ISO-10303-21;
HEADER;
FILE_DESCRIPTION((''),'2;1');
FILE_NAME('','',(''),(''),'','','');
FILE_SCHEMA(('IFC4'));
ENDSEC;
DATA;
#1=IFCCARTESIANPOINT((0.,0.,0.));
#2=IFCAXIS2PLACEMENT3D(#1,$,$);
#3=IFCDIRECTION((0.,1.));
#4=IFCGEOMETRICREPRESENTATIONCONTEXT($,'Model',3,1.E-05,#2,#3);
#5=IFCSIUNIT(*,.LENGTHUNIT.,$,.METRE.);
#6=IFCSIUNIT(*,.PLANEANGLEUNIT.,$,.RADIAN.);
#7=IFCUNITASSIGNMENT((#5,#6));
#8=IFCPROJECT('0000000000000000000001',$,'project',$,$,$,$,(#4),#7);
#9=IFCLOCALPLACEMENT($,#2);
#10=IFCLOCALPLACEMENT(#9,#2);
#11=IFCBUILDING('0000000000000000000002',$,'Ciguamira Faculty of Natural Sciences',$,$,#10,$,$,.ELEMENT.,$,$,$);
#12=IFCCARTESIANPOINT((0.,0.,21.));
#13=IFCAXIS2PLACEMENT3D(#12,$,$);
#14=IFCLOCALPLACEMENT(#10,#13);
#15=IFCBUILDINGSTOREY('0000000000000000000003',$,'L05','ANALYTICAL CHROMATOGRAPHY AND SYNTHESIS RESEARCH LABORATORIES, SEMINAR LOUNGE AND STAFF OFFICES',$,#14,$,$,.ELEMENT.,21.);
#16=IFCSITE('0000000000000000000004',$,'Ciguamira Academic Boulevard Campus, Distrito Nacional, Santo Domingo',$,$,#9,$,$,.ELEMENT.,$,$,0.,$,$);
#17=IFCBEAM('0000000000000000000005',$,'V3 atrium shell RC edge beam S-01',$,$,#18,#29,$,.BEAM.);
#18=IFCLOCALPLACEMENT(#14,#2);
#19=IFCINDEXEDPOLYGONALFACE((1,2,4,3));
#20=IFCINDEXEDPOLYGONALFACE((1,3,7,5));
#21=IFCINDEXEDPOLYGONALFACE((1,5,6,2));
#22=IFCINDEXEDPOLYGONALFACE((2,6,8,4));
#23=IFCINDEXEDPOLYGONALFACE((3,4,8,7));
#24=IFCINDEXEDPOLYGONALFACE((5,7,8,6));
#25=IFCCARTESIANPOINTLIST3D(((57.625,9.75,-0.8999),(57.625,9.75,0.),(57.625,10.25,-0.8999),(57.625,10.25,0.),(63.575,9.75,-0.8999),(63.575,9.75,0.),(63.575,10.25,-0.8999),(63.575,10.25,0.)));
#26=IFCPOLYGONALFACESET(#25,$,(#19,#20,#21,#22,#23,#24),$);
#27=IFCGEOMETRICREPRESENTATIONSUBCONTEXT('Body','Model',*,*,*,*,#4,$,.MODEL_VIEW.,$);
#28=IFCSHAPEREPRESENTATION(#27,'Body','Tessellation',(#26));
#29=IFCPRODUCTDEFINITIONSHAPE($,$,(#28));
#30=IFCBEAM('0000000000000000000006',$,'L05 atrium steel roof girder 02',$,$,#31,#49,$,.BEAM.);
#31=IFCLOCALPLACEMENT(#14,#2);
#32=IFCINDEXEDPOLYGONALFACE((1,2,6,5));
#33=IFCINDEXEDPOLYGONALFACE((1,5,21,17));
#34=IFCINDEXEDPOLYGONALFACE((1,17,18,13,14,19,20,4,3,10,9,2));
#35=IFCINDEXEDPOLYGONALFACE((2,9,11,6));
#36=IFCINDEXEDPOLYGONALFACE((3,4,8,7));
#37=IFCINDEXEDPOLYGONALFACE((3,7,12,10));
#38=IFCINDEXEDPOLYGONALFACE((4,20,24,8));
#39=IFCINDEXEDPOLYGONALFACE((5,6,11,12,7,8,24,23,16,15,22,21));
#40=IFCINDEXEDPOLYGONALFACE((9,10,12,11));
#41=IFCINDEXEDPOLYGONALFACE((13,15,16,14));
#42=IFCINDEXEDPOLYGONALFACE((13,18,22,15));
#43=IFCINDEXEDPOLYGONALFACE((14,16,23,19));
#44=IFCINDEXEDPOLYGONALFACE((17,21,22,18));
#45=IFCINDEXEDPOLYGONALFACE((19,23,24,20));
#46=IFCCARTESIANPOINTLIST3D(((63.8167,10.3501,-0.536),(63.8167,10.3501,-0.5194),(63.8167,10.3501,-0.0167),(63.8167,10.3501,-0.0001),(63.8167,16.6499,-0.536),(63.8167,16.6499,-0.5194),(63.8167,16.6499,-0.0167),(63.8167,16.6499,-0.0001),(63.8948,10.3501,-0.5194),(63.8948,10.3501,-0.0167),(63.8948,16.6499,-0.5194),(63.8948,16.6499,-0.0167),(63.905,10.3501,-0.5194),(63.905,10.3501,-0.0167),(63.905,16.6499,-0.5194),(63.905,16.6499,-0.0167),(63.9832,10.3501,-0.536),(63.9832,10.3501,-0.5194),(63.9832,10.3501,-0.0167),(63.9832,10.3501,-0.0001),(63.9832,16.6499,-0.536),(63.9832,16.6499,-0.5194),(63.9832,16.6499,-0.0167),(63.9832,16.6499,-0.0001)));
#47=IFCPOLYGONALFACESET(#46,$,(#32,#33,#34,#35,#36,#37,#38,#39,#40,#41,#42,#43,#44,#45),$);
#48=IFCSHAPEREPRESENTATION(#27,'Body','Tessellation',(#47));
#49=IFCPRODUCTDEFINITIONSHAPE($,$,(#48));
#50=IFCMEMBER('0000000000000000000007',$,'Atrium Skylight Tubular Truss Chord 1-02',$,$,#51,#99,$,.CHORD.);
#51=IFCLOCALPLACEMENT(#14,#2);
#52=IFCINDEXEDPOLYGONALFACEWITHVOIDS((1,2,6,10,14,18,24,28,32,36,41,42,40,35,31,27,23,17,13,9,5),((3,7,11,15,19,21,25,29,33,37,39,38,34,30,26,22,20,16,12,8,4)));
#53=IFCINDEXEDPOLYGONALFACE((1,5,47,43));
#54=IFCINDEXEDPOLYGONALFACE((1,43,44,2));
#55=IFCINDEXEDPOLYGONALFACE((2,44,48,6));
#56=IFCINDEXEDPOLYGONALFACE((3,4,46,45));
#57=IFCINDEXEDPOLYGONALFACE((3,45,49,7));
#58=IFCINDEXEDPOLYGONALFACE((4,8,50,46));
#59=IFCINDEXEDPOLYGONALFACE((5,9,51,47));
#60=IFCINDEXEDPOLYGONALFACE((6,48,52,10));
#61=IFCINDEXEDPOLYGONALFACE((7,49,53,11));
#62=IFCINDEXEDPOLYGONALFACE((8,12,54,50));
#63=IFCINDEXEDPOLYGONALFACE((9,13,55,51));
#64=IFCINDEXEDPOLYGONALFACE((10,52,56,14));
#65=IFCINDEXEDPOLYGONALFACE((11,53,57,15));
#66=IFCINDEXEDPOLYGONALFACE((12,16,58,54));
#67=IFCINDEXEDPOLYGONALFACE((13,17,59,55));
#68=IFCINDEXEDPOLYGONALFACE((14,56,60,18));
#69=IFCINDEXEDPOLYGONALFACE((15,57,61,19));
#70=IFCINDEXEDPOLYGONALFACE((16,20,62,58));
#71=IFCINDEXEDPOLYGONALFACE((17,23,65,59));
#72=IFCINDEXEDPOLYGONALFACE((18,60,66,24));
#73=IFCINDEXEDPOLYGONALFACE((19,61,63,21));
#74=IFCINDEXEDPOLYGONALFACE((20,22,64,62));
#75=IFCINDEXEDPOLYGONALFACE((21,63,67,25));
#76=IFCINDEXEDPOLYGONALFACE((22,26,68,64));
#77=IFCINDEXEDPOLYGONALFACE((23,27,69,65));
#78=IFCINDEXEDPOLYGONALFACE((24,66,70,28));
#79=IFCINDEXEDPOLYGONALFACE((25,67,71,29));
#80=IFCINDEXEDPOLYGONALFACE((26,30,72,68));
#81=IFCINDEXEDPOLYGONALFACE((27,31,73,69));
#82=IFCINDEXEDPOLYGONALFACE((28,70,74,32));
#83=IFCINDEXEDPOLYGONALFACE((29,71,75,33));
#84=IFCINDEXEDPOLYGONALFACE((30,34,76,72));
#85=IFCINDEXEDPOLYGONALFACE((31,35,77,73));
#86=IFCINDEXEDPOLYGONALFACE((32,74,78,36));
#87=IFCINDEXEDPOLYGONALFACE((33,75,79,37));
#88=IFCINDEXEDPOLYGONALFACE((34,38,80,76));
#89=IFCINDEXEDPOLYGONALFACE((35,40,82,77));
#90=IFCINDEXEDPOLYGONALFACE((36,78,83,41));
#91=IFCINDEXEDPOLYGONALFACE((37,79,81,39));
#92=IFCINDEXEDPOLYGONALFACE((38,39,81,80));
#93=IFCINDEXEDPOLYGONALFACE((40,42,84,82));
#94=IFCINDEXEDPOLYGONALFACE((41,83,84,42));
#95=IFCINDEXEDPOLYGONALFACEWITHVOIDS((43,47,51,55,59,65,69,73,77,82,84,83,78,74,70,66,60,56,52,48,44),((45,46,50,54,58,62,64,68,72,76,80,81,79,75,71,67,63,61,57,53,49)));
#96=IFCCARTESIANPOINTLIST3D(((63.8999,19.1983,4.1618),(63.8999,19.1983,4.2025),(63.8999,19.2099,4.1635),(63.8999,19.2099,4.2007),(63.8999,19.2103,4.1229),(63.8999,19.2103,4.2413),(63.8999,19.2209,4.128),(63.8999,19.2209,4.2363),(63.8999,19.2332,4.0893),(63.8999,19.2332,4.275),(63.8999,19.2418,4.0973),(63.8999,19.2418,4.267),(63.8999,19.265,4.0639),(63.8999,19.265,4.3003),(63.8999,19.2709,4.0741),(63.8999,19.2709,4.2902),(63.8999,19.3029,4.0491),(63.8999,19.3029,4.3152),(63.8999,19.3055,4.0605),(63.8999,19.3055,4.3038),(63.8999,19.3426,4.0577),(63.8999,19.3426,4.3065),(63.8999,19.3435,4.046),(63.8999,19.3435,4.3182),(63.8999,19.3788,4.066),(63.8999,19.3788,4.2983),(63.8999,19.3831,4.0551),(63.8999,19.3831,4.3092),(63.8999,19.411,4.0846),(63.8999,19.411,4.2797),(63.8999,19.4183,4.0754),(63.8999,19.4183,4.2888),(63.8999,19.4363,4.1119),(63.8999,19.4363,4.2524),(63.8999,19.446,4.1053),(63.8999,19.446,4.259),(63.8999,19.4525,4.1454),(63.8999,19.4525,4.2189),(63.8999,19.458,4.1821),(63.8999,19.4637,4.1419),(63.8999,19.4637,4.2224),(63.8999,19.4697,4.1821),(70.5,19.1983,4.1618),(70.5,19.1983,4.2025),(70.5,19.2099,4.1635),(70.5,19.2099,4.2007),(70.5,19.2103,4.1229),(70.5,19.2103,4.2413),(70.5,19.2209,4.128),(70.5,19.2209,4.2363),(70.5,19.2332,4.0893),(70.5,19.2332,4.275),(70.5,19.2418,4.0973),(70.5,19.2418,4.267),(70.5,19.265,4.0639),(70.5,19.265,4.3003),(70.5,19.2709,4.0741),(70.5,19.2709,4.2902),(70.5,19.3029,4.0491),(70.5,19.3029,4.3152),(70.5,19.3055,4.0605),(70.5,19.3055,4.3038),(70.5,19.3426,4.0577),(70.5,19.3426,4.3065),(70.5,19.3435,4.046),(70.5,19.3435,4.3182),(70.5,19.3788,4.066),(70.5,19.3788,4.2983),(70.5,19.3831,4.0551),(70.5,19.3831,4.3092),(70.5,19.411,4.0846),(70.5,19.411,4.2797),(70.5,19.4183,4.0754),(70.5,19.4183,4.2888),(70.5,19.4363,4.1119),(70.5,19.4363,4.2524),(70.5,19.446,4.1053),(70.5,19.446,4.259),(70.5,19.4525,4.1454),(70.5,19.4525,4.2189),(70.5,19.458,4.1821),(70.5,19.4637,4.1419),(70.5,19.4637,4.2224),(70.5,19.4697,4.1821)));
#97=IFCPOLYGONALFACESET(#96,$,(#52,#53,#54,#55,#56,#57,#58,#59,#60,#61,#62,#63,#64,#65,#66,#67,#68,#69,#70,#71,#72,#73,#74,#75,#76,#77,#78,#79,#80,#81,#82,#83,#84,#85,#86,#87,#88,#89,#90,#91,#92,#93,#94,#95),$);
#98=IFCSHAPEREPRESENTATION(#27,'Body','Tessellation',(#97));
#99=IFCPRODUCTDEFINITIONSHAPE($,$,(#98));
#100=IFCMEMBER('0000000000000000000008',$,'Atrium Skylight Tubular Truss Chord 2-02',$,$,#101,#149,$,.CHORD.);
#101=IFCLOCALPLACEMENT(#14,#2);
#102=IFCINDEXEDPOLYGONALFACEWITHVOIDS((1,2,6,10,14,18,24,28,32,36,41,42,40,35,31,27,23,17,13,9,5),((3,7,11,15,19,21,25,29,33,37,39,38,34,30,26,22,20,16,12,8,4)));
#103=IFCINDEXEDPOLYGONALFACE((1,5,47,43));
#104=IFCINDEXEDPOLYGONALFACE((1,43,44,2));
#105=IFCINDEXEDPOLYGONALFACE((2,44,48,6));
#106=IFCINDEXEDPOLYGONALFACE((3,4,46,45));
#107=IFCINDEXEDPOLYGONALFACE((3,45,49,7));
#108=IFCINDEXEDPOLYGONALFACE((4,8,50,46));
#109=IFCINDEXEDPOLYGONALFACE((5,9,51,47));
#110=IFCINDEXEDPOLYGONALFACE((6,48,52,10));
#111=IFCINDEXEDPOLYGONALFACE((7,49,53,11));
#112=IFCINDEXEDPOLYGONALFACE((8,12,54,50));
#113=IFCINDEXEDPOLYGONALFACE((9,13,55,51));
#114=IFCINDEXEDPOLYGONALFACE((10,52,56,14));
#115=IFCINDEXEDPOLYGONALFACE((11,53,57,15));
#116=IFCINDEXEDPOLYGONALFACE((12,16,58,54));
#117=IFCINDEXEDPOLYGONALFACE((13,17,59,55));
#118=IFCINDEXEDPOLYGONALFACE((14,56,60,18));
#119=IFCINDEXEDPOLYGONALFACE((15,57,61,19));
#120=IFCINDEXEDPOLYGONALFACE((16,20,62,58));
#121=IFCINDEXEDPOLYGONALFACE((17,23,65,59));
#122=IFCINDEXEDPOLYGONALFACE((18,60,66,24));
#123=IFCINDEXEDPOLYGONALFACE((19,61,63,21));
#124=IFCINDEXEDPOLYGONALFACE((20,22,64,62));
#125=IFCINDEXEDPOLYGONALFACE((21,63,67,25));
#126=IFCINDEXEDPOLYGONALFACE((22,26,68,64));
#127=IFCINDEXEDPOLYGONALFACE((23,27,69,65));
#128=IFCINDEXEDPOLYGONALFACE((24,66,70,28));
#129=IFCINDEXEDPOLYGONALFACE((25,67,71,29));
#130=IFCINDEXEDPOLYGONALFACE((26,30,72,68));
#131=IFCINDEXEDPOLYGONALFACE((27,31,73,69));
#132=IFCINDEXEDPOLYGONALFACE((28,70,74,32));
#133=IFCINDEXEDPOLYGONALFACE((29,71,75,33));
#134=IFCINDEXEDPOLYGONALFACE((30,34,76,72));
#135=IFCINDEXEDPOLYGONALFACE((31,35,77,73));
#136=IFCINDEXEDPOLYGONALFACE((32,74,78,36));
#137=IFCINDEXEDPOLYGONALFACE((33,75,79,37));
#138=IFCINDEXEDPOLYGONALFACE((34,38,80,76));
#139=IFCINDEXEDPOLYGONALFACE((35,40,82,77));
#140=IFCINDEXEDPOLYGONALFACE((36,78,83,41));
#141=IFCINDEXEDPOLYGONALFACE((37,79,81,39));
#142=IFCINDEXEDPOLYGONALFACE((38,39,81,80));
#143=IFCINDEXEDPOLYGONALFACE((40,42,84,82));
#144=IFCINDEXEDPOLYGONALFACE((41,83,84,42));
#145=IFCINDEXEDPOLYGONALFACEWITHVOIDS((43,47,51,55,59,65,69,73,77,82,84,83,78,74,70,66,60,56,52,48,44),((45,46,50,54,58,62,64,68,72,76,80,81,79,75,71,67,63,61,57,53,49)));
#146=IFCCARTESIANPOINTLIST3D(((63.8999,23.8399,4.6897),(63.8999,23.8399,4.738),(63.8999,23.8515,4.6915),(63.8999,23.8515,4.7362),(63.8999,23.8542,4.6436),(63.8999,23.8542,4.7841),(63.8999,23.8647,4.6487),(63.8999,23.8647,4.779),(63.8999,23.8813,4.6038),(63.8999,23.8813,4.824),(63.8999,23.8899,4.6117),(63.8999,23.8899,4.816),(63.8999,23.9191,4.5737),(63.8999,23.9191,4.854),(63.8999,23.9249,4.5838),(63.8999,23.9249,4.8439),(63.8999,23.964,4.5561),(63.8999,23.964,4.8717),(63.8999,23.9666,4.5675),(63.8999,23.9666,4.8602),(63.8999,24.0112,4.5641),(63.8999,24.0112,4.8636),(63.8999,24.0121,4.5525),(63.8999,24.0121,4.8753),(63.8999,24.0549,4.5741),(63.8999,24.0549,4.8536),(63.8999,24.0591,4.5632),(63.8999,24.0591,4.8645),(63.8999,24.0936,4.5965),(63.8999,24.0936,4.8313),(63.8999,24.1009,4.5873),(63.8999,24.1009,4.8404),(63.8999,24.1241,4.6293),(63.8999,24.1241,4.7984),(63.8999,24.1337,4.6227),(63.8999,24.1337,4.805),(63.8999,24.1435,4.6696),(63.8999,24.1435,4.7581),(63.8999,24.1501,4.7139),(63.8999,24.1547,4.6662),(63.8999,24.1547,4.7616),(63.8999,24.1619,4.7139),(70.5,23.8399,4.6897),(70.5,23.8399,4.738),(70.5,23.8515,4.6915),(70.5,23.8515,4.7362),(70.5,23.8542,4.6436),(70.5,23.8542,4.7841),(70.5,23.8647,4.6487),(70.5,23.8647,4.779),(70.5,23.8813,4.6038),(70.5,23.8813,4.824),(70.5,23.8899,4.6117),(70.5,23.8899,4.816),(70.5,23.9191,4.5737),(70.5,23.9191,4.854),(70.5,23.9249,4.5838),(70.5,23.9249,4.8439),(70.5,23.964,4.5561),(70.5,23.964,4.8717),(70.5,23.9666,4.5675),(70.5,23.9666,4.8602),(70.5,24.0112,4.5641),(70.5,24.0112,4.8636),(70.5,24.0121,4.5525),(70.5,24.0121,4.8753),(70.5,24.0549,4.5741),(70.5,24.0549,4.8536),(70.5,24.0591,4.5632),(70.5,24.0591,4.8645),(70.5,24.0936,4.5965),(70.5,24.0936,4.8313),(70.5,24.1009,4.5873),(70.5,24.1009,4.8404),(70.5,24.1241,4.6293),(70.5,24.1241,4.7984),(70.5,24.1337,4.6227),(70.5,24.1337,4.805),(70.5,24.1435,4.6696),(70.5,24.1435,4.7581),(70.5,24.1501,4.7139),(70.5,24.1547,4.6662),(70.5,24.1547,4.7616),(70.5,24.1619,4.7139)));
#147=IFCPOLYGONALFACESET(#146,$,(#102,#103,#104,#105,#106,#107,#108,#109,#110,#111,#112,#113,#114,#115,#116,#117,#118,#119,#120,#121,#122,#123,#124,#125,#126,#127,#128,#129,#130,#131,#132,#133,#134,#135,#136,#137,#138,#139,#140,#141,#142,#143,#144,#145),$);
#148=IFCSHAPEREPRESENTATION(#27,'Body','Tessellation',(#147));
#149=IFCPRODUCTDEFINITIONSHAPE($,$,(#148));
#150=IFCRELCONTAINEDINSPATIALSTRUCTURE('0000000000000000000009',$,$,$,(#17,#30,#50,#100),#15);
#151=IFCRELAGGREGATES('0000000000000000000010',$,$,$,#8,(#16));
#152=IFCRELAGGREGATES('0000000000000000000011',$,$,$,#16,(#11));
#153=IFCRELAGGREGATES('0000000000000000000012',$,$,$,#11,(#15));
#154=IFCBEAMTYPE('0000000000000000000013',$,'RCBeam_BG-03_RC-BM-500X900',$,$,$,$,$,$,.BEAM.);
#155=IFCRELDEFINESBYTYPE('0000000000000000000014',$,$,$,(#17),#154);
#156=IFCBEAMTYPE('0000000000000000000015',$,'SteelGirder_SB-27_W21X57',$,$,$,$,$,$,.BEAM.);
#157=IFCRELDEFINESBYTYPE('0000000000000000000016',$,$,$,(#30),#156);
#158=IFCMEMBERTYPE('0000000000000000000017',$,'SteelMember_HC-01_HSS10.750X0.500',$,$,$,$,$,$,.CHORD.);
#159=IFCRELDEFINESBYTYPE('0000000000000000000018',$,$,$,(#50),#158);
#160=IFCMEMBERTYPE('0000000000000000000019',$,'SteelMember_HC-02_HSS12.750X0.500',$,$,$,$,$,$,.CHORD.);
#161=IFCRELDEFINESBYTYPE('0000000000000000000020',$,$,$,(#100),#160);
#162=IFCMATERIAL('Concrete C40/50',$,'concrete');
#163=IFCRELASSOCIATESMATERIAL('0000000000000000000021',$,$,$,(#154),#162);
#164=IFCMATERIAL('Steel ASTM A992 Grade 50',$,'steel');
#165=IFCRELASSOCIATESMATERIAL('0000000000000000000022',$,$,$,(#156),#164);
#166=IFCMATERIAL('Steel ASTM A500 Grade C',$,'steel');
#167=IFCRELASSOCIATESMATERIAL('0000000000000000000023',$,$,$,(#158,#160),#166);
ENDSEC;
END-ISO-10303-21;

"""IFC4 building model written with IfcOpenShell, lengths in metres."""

from ifc_helpers import new_model, si_unit, direction, frame, origin, origin_2d, place, context, subcontext, project, spatial, rectangle, hollow_circle, i_section, extrude, material, material_profile, profile_set, type_object, element, save


model = new_model("IFC4")

# Units and contexts
model_context = context("Model", 3, precision=1e-05, world=origin(), true_north=direction((0.0, 1.0)))
body_context = subcontext(model_context, "Body", "Model", "MODEL_VIEW")
ifc_project = project(units=[si_unit("LENGTHUNIT", "METRE"), si_unit("PLANEANGLEUNIT", "RADIAN")], contexts=[model_context])

# Site, building, storey
site_placement = place(None, origin())
site = spatial("IfcSite", under=ifc_project, at=site_placement, Name="Ciguamira Academic Boulevard Campus, Distrito Nacional, Santo Domingo", CompositionType="ELEMENT", RefElevation=0.0)
building_placement = place(site_placement, origin())
building = spatial("IfcBuilding", under=site, at=building_placement, Name="Ciguamira Faculty of Natural Sciences", CompositionType="ELEMENT")
storey_placement = place(building_placement, frame((0.0, 0.0, 21.0)))
storey = spatial("IfcBuildingStorey", under=building, at=storey_placement, Name="L05", Description="ANALYTICAL CHROMATOGRAPHY AND SYNTHESIS RESEARCH LABORATORIES, SEMINAR LOUNGE AND STAFF OFFICES", CompositionType="ELEMENT", Elevation=21.0)

# Beams
ifc_material_1 = material(Name="Concrete C40/50", Category="concrete")
ifc_material_profile_1 = material_profile(ifc_material_1, rectangle(XDim=0.5, YDim=0.8999, at=origin_2d()), Name="RC-BM-500X900")
ifc_profile_set_1 = profile_set([ifc_material_profile_1], Name="Concrete C40/50")
beam_type_1 = type_object("IfcBeamType", Name="RCBeam_BG-03_RC-BM-500X900", PredefinedType="BEAM", material=ifc_profile_set_1)
beam_1_placement = place(storey_placement, frame((57.625, 10.0, -0.45), z_axis=(1.0, 0.0, 0.0), x_axis=(0.0, 1.0, 0.0)))
element("IfcBeam", 1, at=beam_1_placement, inside=storey, type_object=beam_type_1, Name="V3 atrium shell RC edge beam S-01", PredefinedType="BEAM", context=body_context, shape_type="SweptSolid", body=[
    extrude(rectangle(XDim=0.5, YDim=0.8999, at=origin_2d()), origin(), (0.0, 0.0, 1.0), 5.95),
])
ifc_material_2 = material(Name="Steel ASTM A992 Grade 50", Category="steel")
ifc_material_profile_2 = material_profile(ifc_material_2, i_section(OverallWidth=0.1665, OverallDepth=0.5359, WebThickness=0.0103, FlangeThickness=0.0166, at=origin_2d()), Name="W21X57")
ifc_profile_set_2 = profile_set([ifc_material_profile_2], Name="Steel ASTM A992 Grade 50")
beam_type_2 = type_object("IfcBeamType", Name="SteelGirder_SB-27_W21X57", PredefinedType="BEAM", material=ifc_profile_set_2)
beam_2_placement = place(storey_placement, frame((63.8999, 10.3501, -0.2681), z_axis=(0.0, 1.0, 0.0), x_axis=(-1.0, 0.0, 0.0)))
element("IfcBeam", 2, at=beam_2_placement, inside=storey, type_object=beam_type_2, Name="L05 atrium steel roof girder 02", PredefinedType="BEAM", context=body_context, shape_type="SweptSolid", body=[
    extrude(i_section(OverallWidth=0.1665, OverallDepth=0.5359, WebThickness=0.0103, FlangeThickness=0.0166, at=origin_2d()), origin(), (0.0, 0.0, 1.0), 6.2998),
])

# Members
ifc_material_3 = material(Name="Steel ASTM A500 Grade C", Category="steel")
ifc_material_profile_3 = material_profile(ifc_material_3, hollow_circle(Radius=0.1365, WallThickness=0.0117, at=origin_2d()), Name="HSS10.750X0.500")
ifc_profile_set_3 = profile_set([ifc_material_profile_3], Name="Steel ASTM A500 Grade C")
member_type_1 = type_object("IfcMemberType", Name="SteelMember_HC-01_HSS10.750X0.500", PredefinedType="CHORD", material=ifc_profile_set_3)
member_1_placement = place(storey_placement, frame((63.8999, 19.3333, 4.1821), z_axis=(1.0, 0.0, 0.0), x_axis=(0.0, 1.0, 0.0)))
element("IfcMember", 3, at=member_1_placement, inside=storey, type_object=member_type_1, Name="Atrium Skylight Tubular Truss Chord 1-02", PredefinedType="CHORD", context=body_context, shape_type="SweptSolid", body=[
    extrude(hollow_circle(Radius=0.1365, WallThickness=0.0117, at=origin_2d()), origin(), (0.0, 0.0, 1.0), 6.6001),
])
ifc_material_profile_4 = material_profile(ifc_material_3, hollow_circle(Radius=0.1619, WallThickness=0.0117, at=origin_2d()), Name="HSS12.750X0.500")
ifc_profile_set_4 = profile_set([ifc_material_profile_4], Name="Steel ASTM A500 Grade C")
member_type_2 = type_object("IfcMemberType", Name="SteelMember_HC-02_HSS12.750X0.500", PredefinedType="CHORD", material=ifc_profile_set_4)
member_2_placement = place(storey_placement, frame((63.8999, 24.0, 4.7139), z_axis=(1.0, 0.0, 0.0), x_axis=(0.0, 1.0, 0.0)))
element("IfcMember", 4, at=member_2_placement, inside=storey, type_object=member_type_2, Name="Atrium Skylight Tubular Truss Chord 2-02", PredefinedType="CHORD", context=body_context, shape_type="SweptSolid", body=[
    extrude(hollow_circle(Radius=0.1619, WallThickness=0.0117, at=origin_2d()), origin(), (0.0, 0.0, 1.0), 6.6001),
])

save(model, "model.ifc")
